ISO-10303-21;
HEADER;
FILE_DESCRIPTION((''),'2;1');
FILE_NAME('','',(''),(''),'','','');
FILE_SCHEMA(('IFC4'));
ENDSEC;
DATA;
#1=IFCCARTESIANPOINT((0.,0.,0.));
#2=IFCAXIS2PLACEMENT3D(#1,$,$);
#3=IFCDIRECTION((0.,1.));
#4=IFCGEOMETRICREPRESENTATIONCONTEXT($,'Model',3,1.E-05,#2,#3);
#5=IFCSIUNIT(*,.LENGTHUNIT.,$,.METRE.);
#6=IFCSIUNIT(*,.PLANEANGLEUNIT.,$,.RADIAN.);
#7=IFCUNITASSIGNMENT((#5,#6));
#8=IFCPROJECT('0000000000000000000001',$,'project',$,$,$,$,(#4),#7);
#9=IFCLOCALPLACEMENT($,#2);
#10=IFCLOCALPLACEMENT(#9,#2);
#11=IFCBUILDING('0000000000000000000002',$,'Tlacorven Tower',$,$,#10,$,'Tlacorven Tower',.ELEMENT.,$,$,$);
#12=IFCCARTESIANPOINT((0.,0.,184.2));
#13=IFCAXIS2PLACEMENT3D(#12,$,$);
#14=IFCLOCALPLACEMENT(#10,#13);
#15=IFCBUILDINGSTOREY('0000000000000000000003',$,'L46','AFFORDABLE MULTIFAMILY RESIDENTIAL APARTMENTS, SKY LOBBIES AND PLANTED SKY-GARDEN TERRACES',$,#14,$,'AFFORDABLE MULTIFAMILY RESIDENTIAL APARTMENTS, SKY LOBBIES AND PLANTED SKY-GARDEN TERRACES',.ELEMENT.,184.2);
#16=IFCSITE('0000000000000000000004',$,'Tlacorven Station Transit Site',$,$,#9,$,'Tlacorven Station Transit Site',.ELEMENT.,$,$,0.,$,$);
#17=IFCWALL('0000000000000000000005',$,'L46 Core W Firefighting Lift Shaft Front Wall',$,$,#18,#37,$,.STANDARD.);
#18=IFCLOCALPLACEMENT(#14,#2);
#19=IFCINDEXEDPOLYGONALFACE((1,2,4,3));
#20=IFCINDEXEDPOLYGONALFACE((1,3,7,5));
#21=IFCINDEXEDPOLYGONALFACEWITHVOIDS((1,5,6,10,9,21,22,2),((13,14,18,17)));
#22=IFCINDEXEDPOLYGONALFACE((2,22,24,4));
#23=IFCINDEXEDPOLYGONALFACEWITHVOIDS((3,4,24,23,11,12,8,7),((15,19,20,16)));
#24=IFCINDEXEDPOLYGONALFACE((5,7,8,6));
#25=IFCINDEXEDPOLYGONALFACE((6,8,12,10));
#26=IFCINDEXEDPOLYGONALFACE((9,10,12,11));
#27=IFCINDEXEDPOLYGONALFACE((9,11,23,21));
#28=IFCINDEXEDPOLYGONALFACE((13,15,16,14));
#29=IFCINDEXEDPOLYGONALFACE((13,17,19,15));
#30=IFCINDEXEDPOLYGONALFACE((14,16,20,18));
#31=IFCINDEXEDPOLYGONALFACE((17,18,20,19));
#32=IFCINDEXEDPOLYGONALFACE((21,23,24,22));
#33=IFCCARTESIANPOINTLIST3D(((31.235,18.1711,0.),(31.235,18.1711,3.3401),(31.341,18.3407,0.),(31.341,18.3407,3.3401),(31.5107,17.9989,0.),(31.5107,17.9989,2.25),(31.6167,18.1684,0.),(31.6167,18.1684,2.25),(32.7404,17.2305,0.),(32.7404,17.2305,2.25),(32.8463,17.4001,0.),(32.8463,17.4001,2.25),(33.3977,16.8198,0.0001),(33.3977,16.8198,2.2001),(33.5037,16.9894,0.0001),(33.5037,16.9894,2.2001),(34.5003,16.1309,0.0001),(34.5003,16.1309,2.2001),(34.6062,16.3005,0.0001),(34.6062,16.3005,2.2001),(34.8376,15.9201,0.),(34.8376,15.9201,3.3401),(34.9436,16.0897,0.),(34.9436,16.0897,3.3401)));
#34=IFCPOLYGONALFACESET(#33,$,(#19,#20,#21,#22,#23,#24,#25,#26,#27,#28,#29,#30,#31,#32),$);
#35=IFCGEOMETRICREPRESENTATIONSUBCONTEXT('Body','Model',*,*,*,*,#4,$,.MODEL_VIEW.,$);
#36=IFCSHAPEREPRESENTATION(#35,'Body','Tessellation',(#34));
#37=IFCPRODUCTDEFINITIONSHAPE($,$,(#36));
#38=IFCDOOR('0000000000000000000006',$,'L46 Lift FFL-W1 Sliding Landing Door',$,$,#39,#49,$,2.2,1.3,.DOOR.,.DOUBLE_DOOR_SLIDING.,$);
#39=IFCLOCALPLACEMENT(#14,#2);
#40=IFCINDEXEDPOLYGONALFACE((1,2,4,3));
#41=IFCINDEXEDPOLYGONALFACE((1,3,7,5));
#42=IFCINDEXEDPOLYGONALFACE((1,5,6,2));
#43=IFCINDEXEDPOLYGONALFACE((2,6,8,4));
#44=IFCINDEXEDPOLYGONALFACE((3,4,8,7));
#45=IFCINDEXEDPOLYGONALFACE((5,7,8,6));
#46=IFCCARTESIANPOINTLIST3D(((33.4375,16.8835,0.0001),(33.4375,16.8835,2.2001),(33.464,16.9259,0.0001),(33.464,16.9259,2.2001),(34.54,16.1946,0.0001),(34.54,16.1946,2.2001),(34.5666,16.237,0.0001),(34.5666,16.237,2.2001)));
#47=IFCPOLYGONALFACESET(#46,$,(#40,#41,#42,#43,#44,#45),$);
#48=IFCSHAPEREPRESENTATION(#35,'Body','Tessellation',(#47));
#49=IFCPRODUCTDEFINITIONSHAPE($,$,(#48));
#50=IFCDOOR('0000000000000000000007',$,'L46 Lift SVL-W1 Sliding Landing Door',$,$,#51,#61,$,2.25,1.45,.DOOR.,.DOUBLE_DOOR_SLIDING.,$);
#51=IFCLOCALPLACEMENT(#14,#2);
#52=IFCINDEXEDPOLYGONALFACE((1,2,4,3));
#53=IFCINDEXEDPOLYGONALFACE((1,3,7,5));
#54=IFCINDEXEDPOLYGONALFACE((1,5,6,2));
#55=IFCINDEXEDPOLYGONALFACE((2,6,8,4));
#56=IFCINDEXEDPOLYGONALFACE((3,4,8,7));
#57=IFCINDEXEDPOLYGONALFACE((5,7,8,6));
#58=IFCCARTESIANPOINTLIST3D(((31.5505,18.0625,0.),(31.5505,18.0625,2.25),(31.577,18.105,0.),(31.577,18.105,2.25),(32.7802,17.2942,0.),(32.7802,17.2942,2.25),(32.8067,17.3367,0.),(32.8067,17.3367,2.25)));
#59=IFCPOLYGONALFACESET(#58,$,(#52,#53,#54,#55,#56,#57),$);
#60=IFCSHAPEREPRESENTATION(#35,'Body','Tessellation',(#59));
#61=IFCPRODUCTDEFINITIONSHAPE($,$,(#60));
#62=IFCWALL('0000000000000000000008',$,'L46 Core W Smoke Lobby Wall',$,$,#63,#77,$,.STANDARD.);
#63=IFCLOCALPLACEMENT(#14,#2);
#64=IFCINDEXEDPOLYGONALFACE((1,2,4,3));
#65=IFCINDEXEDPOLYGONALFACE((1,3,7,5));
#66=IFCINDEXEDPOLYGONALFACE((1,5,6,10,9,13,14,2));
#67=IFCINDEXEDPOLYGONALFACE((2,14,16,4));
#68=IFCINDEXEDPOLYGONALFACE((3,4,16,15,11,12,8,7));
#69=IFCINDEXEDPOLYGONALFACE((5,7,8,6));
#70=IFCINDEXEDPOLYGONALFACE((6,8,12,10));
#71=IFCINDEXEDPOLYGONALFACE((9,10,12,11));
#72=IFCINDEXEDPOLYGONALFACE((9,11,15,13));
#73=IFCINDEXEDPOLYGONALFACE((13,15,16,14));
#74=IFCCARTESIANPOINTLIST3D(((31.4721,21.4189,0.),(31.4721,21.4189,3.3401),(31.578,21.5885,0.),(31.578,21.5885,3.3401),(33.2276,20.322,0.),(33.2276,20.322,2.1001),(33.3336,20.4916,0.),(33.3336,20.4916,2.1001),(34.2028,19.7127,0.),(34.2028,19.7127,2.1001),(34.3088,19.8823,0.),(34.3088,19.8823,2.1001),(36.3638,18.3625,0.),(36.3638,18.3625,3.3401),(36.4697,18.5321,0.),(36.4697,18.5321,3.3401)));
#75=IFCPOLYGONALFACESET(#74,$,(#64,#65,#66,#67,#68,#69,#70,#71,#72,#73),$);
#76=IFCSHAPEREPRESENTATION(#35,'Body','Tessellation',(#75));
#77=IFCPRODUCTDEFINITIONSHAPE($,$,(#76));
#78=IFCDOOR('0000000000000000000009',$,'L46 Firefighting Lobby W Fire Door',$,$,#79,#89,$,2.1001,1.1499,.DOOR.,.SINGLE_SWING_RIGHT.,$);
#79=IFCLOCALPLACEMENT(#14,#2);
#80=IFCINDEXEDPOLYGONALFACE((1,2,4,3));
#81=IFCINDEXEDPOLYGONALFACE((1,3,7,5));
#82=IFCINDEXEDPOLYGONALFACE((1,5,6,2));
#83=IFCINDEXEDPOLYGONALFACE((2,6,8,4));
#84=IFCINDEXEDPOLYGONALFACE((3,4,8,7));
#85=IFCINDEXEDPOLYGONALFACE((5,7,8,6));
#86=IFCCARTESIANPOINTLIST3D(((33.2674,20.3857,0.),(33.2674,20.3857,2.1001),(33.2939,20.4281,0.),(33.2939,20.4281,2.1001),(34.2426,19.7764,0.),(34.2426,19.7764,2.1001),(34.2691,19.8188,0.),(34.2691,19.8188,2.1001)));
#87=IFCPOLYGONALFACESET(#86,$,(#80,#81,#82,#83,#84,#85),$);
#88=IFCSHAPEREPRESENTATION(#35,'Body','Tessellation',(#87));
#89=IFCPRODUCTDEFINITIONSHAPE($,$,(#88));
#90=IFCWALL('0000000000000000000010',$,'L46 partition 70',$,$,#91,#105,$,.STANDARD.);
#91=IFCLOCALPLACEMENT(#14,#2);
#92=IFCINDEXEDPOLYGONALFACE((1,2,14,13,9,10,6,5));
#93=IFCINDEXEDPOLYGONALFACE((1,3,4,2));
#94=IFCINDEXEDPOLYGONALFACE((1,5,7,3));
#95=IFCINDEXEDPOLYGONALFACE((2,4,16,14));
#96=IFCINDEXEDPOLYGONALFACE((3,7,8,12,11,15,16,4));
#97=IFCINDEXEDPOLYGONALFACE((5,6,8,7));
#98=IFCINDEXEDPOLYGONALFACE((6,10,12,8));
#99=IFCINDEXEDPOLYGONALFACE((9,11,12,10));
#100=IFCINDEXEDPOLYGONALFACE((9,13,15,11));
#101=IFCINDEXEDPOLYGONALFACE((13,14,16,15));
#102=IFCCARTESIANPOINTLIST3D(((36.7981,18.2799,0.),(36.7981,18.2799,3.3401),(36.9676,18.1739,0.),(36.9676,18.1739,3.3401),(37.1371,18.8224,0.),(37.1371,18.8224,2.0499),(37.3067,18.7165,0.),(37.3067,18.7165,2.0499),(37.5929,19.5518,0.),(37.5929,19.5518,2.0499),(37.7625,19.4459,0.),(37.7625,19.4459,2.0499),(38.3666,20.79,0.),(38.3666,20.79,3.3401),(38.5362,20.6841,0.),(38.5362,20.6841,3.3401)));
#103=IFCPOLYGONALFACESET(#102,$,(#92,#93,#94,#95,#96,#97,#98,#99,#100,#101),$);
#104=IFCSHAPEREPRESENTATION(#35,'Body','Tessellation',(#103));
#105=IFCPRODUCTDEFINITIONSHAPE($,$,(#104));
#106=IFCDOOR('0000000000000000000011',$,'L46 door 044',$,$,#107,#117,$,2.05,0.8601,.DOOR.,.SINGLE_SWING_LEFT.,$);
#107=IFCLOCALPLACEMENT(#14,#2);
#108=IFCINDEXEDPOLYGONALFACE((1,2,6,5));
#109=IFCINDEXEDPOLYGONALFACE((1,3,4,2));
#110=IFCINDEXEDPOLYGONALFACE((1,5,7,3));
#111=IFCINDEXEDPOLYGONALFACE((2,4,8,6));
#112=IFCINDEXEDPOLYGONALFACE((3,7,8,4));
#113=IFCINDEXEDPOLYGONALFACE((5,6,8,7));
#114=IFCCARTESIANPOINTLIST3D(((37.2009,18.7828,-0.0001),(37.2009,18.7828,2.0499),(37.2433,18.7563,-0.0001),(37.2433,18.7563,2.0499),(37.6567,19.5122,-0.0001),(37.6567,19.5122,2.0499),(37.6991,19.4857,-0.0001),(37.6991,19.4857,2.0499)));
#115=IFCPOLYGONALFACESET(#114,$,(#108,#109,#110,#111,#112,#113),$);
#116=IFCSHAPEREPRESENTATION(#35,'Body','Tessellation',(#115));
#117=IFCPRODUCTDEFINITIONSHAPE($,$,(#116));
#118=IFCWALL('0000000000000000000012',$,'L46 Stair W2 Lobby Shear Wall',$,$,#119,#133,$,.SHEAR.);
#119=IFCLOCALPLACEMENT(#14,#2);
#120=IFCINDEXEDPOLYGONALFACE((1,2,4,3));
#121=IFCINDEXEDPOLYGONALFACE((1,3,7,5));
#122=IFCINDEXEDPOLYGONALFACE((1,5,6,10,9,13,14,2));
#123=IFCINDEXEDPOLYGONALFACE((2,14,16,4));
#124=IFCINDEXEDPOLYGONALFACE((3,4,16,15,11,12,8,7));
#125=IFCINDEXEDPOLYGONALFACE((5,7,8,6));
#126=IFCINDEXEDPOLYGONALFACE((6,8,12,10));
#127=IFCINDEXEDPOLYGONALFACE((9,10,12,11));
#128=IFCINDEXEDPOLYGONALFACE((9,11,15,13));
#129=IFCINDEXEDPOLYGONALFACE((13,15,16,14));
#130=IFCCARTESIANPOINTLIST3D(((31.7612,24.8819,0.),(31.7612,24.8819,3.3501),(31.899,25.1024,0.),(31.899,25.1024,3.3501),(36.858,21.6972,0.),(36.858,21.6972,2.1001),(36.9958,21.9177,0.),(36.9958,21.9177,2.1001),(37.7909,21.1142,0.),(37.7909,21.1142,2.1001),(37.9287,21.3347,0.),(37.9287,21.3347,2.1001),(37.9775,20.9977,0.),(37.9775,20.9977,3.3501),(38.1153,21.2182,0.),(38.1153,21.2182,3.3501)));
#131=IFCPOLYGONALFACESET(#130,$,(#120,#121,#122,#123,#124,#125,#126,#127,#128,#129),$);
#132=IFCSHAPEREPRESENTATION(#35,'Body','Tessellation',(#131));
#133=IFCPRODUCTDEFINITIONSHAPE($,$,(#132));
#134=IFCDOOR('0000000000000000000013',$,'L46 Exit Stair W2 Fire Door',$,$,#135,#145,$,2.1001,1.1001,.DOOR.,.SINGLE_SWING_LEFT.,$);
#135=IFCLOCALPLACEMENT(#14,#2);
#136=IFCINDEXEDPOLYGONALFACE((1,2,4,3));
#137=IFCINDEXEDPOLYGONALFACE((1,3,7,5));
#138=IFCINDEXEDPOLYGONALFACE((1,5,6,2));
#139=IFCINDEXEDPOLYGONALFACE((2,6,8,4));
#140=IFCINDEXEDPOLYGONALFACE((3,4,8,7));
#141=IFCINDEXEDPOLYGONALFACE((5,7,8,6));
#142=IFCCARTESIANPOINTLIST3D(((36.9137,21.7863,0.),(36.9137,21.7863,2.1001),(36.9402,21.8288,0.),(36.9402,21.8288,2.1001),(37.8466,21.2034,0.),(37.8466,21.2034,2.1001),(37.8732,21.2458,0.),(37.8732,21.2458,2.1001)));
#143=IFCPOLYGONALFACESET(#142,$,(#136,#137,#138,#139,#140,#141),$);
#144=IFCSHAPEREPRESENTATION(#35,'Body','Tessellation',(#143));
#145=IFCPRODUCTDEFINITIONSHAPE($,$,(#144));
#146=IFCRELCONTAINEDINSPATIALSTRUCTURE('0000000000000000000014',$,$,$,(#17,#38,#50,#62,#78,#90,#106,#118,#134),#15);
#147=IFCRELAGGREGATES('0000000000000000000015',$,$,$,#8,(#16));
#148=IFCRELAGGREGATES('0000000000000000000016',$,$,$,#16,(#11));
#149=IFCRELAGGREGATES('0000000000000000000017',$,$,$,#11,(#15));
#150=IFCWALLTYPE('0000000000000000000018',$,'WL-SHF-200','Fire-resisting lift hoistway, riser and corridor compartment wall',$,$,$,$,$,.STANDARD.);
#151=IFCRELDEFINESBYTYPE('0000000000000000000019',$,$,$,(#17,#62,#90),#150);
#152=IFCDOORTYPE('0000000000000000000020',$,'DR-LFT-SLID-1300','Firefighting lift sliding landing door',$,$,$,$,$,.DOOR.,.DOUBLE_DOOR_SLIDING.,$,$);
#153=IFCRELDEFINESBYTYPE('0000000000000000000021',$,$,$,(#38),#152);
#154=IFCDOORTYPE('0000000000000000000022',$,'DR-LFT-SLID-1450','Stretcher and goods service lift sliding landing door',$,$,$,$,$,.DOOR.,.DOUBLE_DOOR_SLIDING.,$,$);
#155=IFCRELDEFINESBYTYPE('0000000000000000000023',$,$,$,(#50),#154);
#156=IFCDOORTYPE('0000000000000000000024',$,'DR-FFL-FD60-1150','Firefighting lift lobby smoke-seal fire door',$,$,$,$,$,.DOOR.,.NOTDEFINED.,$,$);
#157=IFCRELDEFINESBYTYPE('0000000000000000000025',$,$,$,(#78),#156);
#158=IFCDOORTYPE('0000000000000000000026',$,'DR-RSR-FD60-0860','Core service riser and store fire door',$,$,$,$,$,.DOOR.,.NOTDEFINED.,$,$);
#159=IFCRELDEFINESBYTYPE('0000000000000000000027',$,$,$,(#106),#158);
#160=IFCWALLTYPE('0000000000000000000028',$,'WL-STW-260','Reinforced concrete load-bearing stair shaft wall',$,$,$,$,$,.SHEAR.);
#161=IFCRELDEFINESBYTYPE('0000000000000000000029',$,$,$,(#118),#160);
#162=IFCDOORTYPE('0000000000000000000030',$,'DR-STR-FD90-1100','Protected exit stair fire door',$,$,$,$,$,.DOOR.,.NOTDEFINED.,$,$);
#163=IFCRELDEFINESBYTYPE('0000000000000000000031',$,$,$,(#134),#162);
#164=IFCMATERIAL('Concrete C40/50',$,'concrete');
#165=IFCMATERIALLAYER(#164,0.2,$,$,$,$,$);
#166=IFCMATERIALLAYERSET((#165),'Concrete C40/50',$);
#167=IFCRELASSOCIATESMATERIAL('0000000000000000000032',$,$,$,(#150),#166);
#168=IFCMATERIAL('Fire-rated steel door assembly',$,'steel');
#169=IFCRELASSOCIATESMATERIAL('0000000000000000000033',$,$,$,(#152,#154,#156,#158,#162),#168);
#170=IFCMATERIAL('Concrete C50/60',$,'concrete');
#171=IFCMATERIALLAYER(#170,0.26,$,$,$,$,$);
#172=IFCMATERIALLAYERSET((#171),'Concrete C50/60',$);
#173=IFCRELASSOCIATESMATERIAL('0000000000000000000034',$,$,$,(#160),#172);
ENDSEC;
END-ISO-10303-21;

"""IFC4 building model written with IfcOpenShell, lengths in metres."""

from ifc_helpers import new_model, si_unit, direction, frame, frame_2d, origin, place, context, subcontext, project, spatial, rectangle, extrude, source, transform, mapped, material, layer, layer_set, type_object, element, fill, save


model = new_model("IFC4")

# Units and contexts
model_context = context("Model", 3, precision=1e-05, world=origin(), true_north=direction((0.0, 1.0)))
body_context = subcontext(model_context, "Body", "Model", "MODEL_VIEW")
ifc_project = project(units=[si_unit("LENGTHUNIT", "METRE"), si_unit("PLANEANGLEUNIT", "RADIAN")], contexts=[model_context])

# Site, building, storey
site_placement = place(None, origin())
site = spatial("IfcSite", under=ifc_project, at=site_placement, Name="Tlacorven Station Transit Site", LongName="Tlacorven Station Transit Site", CompositionType="ELEMENT", RefElevation=0.0)
building_placement = place(site_placement, origin())
building = spatial("IfcBuilding", under=site, at=building_placement, Name="Tlacorven Tower", LongName="Tlacorven Tower", CompositionType="ELEMENT")
storey_placement = place(building_placement, frame((0.0, 0.0, 184.2)))
storey = spatial("IfcBuildingStorey", under=building, at=storey_placement, Name="L46", Description="AFFORDABLE MULTIFAMILY RESIDENTIAL APARTMENTS, SKY LOBBIES AND PLANTED SKY-GARDEN TERRACES", LongName="AFFORDABLE MULTIFAMILY RESIDENTIAL APARTMENTS, SKY LOBBIES AND PLANTED SKY-GARDEN TERRACES", CompositionType="ELEMENT", Elevation=184.2)

# Shared definitions
ifc_material_1 = material(Name="Fire-rated steel door assembly", Category="steel")

# Wall, openings, doors
ifc_material_2 = material(Name="Concrete C40/50", Category="concrete")
ifc_layer_1 = layer(ifc_material_2, 0.2)
ifc_layer_set_1 = layer_set([ifc_layer_1], Name="Concrete C40/50")
wall_type_1 = type_object("IfcWallType", Name="WL-SHF-200", Description="Fire-resisting lift hoistway, riser and corridor compartment wall", PredefinedType="STANDARD", material=ifc_layer_set_1)
wall_1_placement = place(storey_placement, frame((34.8906, 16.0049, 0.0), z_axis=(0.0, 0.0, 1.0), x_axis=(-0.848063, 0.529896, 0.0)))
wall_1 = element("IfcWall", 1, at=wall_1_placement, inside=storey, type_object=wall_type_1, Name="L46 Core W Firefighting Lift Shaft Front Wall", PredefinedType="STANDARD", context=body_context, shape_type="SweptSolid", body=[
    extrude(rectangle(XDim=4.248, YDim=0.2, at=frame_2d((2.124, 0.0))), origin(), (0.0, 0.0, 1.0), 3.3401),
])
opening_1_placement = place(wall_1_placement, frame((0.3979, 0.0, 0.0)))
opening_1 = element("IfcOpeningElement", 2, at=opening_1_placement, cuts=wall_1, PredefinedType="OPENING", context=body_context, shape_type="SweptSolid", body=[
    extrude(rectangle(XDim=1.3, YDim=2.2, at=frame_2d((0.6499, 1.1001))), frame((0.0, 0.1099, 0.0), z_axis=(0.0, -1.0, 0.0), x_axis=(1.0, 0.0, 0.0)), (0.0, 0.0, 1.0), 0.22),
])
opening_2_placement = place(wall_1_placement, frame((2.4729, 0.0, 0.0)))
opening_2 = element("IfcOpeningElement", 3, at=opening_2_placement, cuts=wall_1, PredefinedType="OPENING", context=body_context, shape_type="SweptSolid", body=[
    extrude(rectangle(XDim=1.45, YDim=2.25, at=frame_2d((0.7251, 1.125))), frame((0.0, 0.1099, 0.0), z_axis=(0.0, -1.0, 0.0), x_axis=(1.0, 0.0, 0.0)), (0.0, 0.0, 1.0), 0.22),
])
door_type_1 = type_object("IfcDoorType", Name="DR-LFT-SLID-1300", Description="Firefighting lift sliding landing door", OperationType="DOUBLE_DOOR_SLIDING", PredefinedType="DOOR", material=ifc_material_1)
shared_shape_1 = source(origin(), body_context, "Body", "SweptSolid", [
    extrude(rectangle(XDim=1.3, YDim=2.2, at=frame_2d((0.6499, 1.1001))), frame((0.0, 0.0249, 0.0), z_axis=(0.0, -1.0, 0.0), x_axis=(1.0, 0.0, 0.0)), (0.0, 0.0, 1.0), 0.05),
])
door_1_placement = place(opening_1_placement, origin())
door_1 = element("IfcDoor", 4, at=door_1_placement, inside=storey, type_object=door_type_1, Name="L46 Lift FFL-W1 Sliding Landing Door", OperationType="DOUBLE_DOOR_SLIDING", OverallHeight=2.2, OverallWidth=1.3, PredefinedType="DOOR", context=body_context, shape_type="MappedRepresentation", body=[
    mapped(shared_shape_1, transform((0.0, 0.0, 0.0), scale=1.0)),
])
fill(opening_1, door_1)
door_type_2 = type_object("IfcDoorType", Name="DR-LFT-SLID-1450", Description="Stretcher and goods service lift sliding landing door", OperationType="DOUBLE_DOOR_SLIDING", PredefinedType="DOOR", material=ifc_material_1)
shared_shape_2 = source(origin(), body_context, "Body", "SweptSolid", [
    extrude(rectangle(XDim=1.45, YDim=2.25, at=frame_2d((0.7251, 1.125))), frame((0.0, 0.0249, 0.0), z_axis=(0.0, -1.0, 0.0), x_axis=(1.0, 0.0, 0.0)), (0.0, 0.0, 1.0), 0.05),
])
door_2_placement = place(opening_2_placement, origin())
door_2 = element("IfcDoor", 5, at=door_2_placement, inside=storey, type_object=door_type_2, Name="L46 Lift SVL-W1 Sliding Landing Door", OperationType="DOUBLE_DOOR_SLIDING", OverallHeight=2.25, OverallWidth=1.45, PredefinedType="DOOR", context=body_context, shape_type="MappedRepresentation", body=[
    mapped(shared_shape_2, transform((0.0, 0.0, 0.0), scale=1.0)),
])
fill(opening_2, door_2)

# Walls, openings, doors
wall_2_placement = place(storey_placement, frame((36.4167, 18.4473, 0.0), z_axis=(0.0, 0.0, 1.0), x_axis=(-0.848065, 0.529892, 0.0)))
wall_2 = element("IfcWall", 6, at=wall_2_placement, inside=storey, type_object=wall_type_1, Name="L46 Core W Smoke Lobby Wall", PredefinedType="STANDARD", context=body_context, shape_type="SweptSolid", body=[
    extrude(rectangle(XDim=5.7681, YDim=0.2, at=frame_2d((2.884, 0.0))), origin(), (0.0, 0.0, 1.0), 3.3401),
])
opening_3_placement = place(wall_2_placement, frame((2.5481, 0.0, 0.0)))
opening_3 = element("IfcOpeningElement", 7, at=opening_3_placement, cuts=wall_2, PredefinedType="OPENING", context=body_context, shape_type="SweptSolid", body=[
    extrude(rectangle(XDim=1.1499, YDim=2.1001, at=frame_2d((0.575, 1.05))), frame((0.0, 0.1099, 0.0), z_axis=(0.0, -1.0, 0.0), x_axis=(1.0, 0.0, 0.0)), (0.0, 0.0, 1.0), 0.22),
])
door_type_3 = type_object("IfcDoorType", Name="DR-FFL-FD60-1150", Description="Firefighting lift lobby smoke-seal fire door", OperationType="NOTDEFINED", PredefinedType="DOOR", material=ifc_material_1)
shared_shape_3 = source(origin(), body_context, "Body", "SweptSolid", [
    extrude(rectangle(XDim=1.1499, YDim=2.1001, at=frame_2d((0.575, 1.05))), frame((0.0, 0.0249, 0.0), z_axis=(0.0, -1.0, 0.0), x_axis=(1.0, 0.0, 0.0)), (0.0, 0.0, 1.0), 0.05),
])
door_3_placement = place(opening_3_placement, origin())
door_3 = element("IfcDoor", 8, at=door_3_placement, inside=storey, type_object=door_type_3, Name="L46 Firefighting Lobby W Fire Door", OperationType="SINGLE_SWING_RIGHT", OverallHeight=2.1001, OverallWidth=1.1499, PredefinedType="DOOR", context=body_context, shape_type="MappedRepresentation", body=[
    mapped(shared_shape_3, transform((0.0, 0.0, 0.0), scale=1.0)),
])
fill(opening_3, door_3)
wall_3_placement = place(storey_placement, frame((38.4514, 20.7371, 0.0), z_axis=(0.0, 0.0, 1.0), x_axis=(-0.529925, -0.848045, 0.0)))
wall_3 = element("IfcWall", 9, at=wall_3_placement, inside=storey, type_object=wall_type_1, Name="L46 partition 70", PredefinedType="STANDARD", context=body_context, shape_type="SweptSolid", body=[
    extrude(rectangle(XDim=2.96, YDim=0.2, at=frame_2d((1.48, 0.0))), origin(), (0.0, 0.0, 1.0), 3.3401),
])
opening_4_placement = place(wall_3_placement, frame((1.46, 0.0, 0.0)))
opening_4 = element("IfcOpeningElement", 10, at=opening_4_placement, cuts=wall_3, PredefinedType="OPENING", context=body_context, shape_type="SweptSolid", body=[
    extrude(rectangle(XDim=0.8601, YDim=2.05, at=frame_2d((0.4302, 1.0249))), frame((0.0, 0.1099, 0.0), z_axis=(0.0, -1.0, 0.0), x_axis=(1.0, 0.0, 0.0)), (0.0, 0.0, 1.0), 0.22),
])
door_type_4 = type_object("IfcDoorType", Name="DR-RSR-FD60-0860", Description="Core service riser and store fire door", OperationType="NOTDEFINED", PredefinedType="DOOR", material=ifc_material_1)
shared_shape_4 = source(origin(), body_context, "Body", "SweptSolid", [
    extrude(rectangle(XDim=0.8601, YDim=2.05, at=frame_2d((0.4302, 1.0249))), frame((0.0, 0.0249, 0.0), z_axis=(0.0, -1.0, 0.0), x_axis=(1.0, 0.0, 0.0)), (0.0, 0.0, 1.0), 0.05),
])
door_4_placement = place(opening_4_placement, frame((0.8601, 0.0, 0.0), z_axis=(0.0, 0.0, 1.0), x_axis=(-1.0, 0.0, 0.0)))
door_4 = element("IfcDoor", 11, at=door_4_placement, inside=storey, type_object=door_type_4, Name="L46 door 044", OperationType="SINGLE_SWING_LEFT", OverallHeight=2.05, OverallWidth=0.8601, PredefinedType="DOOR", context=body_context, shape_type="MappedRepresentation", body=[
    mapped(shared_shape_4, transform((0.0, 0.0, 0.0), scale=1.0)),
])
fill(opening_4, door_4)
ifc_material_3 = material(Name="Concrete C50/60", Category="concrete")
ifc_layer_2 = layer(ifc_material_3, 0.26)
ifc_layer_set_2 = layer_set([ifc_layer_2], Name="Concrete C50/60")
wall_type_2 = type_object("IfcWallType", Name="WL-STW-260", Description="Reinforced concrete load-bearing stair shaft wall", PredefinedType="SHEAR", material=ifc_layer_set_2)
wall_4_placement = place(storey_placement, frame((38.0464, 21.1079, 0.0), z_axis=(0.0, 0.0, 1.0), x_axis=(-0.848054, 0.529909, 0.0)))
wall_4 = element("IfcWall", 12, at=wall_4_placement, inside=storey, type_object=wall_type_2, Name="L46 Stair W2 Lobby Shear Wall", PredefinedType="SHEAR", context=body_context, shape_type="SweptSolid", body=[
    extrude(rectangle(XDim=7.3301, YDim=0.26, at=frame_2d((3.665, 0.0))), origin(), (0.0, 0.0, 1.0), 3.3501),
])
opening_5_placement = place(wall_4_placement, frame((0.22, 0.0, 0.0)))
opening_5 = element("IfcOpeningElement", 13, at=opening_5_placement, cuts=wall_4, PredefinedType="OPENING", context=body_context, shape_type="SweptSolid", body=[
    extrude(rectangle(XDim=1.1001, YDim=2.1001, at=frame_2d((0.55, 1.05))), frame((0.0, 0.1401, 0.0), z_axis=(0.0, -1.0, 0.0), x_axis=(1.0, 0.0, 0.0)), (0.0, 0.0, 1.0), 0.28),
])
door_type_5 = type_object("IfcDoorType", Name="DR-STR-FD90-1100", Description="Protected exit stair fire door", OperationType="NOTDEFINED", PredefinedType="DOOR", material=ifc_material_1)
shared_shape_5 = source(origin(), body_context, "Body", "SweptSolid", [
    extrude(rectangle(XDim=1.1001, YDim=2.1001, at=frame_2d((0.55, 1.05))), frame((0.0, 0.0249, 0.0), z_axis=(0.0, -1.0, 0.0), x_axis=(1.0, 0.0, 0.0)), (0.0, 0.0, 1.0), 0.05),
])
door_5_placement = place(opening_5_placement, origin())
door_5 = element("IfcDoor", 14, at=door_5_placement, inside=storey, type_object=door_type_5, Name="L46 Exit Stair W2 Fire Door", OperationType="SINGLE_SWING_LEFT", OverallHeight=2.1001, OverallWidth=1.1001, PredefinedType="DOOR", context=body_context, shape_type="MappedRepresentation", body=[
    mapped(shared_shape_5, transform((0.0, 0.0, 0.0), scale=1.0)),
])
fill(opening_5, door_5)

save(model, "model.ifc")
